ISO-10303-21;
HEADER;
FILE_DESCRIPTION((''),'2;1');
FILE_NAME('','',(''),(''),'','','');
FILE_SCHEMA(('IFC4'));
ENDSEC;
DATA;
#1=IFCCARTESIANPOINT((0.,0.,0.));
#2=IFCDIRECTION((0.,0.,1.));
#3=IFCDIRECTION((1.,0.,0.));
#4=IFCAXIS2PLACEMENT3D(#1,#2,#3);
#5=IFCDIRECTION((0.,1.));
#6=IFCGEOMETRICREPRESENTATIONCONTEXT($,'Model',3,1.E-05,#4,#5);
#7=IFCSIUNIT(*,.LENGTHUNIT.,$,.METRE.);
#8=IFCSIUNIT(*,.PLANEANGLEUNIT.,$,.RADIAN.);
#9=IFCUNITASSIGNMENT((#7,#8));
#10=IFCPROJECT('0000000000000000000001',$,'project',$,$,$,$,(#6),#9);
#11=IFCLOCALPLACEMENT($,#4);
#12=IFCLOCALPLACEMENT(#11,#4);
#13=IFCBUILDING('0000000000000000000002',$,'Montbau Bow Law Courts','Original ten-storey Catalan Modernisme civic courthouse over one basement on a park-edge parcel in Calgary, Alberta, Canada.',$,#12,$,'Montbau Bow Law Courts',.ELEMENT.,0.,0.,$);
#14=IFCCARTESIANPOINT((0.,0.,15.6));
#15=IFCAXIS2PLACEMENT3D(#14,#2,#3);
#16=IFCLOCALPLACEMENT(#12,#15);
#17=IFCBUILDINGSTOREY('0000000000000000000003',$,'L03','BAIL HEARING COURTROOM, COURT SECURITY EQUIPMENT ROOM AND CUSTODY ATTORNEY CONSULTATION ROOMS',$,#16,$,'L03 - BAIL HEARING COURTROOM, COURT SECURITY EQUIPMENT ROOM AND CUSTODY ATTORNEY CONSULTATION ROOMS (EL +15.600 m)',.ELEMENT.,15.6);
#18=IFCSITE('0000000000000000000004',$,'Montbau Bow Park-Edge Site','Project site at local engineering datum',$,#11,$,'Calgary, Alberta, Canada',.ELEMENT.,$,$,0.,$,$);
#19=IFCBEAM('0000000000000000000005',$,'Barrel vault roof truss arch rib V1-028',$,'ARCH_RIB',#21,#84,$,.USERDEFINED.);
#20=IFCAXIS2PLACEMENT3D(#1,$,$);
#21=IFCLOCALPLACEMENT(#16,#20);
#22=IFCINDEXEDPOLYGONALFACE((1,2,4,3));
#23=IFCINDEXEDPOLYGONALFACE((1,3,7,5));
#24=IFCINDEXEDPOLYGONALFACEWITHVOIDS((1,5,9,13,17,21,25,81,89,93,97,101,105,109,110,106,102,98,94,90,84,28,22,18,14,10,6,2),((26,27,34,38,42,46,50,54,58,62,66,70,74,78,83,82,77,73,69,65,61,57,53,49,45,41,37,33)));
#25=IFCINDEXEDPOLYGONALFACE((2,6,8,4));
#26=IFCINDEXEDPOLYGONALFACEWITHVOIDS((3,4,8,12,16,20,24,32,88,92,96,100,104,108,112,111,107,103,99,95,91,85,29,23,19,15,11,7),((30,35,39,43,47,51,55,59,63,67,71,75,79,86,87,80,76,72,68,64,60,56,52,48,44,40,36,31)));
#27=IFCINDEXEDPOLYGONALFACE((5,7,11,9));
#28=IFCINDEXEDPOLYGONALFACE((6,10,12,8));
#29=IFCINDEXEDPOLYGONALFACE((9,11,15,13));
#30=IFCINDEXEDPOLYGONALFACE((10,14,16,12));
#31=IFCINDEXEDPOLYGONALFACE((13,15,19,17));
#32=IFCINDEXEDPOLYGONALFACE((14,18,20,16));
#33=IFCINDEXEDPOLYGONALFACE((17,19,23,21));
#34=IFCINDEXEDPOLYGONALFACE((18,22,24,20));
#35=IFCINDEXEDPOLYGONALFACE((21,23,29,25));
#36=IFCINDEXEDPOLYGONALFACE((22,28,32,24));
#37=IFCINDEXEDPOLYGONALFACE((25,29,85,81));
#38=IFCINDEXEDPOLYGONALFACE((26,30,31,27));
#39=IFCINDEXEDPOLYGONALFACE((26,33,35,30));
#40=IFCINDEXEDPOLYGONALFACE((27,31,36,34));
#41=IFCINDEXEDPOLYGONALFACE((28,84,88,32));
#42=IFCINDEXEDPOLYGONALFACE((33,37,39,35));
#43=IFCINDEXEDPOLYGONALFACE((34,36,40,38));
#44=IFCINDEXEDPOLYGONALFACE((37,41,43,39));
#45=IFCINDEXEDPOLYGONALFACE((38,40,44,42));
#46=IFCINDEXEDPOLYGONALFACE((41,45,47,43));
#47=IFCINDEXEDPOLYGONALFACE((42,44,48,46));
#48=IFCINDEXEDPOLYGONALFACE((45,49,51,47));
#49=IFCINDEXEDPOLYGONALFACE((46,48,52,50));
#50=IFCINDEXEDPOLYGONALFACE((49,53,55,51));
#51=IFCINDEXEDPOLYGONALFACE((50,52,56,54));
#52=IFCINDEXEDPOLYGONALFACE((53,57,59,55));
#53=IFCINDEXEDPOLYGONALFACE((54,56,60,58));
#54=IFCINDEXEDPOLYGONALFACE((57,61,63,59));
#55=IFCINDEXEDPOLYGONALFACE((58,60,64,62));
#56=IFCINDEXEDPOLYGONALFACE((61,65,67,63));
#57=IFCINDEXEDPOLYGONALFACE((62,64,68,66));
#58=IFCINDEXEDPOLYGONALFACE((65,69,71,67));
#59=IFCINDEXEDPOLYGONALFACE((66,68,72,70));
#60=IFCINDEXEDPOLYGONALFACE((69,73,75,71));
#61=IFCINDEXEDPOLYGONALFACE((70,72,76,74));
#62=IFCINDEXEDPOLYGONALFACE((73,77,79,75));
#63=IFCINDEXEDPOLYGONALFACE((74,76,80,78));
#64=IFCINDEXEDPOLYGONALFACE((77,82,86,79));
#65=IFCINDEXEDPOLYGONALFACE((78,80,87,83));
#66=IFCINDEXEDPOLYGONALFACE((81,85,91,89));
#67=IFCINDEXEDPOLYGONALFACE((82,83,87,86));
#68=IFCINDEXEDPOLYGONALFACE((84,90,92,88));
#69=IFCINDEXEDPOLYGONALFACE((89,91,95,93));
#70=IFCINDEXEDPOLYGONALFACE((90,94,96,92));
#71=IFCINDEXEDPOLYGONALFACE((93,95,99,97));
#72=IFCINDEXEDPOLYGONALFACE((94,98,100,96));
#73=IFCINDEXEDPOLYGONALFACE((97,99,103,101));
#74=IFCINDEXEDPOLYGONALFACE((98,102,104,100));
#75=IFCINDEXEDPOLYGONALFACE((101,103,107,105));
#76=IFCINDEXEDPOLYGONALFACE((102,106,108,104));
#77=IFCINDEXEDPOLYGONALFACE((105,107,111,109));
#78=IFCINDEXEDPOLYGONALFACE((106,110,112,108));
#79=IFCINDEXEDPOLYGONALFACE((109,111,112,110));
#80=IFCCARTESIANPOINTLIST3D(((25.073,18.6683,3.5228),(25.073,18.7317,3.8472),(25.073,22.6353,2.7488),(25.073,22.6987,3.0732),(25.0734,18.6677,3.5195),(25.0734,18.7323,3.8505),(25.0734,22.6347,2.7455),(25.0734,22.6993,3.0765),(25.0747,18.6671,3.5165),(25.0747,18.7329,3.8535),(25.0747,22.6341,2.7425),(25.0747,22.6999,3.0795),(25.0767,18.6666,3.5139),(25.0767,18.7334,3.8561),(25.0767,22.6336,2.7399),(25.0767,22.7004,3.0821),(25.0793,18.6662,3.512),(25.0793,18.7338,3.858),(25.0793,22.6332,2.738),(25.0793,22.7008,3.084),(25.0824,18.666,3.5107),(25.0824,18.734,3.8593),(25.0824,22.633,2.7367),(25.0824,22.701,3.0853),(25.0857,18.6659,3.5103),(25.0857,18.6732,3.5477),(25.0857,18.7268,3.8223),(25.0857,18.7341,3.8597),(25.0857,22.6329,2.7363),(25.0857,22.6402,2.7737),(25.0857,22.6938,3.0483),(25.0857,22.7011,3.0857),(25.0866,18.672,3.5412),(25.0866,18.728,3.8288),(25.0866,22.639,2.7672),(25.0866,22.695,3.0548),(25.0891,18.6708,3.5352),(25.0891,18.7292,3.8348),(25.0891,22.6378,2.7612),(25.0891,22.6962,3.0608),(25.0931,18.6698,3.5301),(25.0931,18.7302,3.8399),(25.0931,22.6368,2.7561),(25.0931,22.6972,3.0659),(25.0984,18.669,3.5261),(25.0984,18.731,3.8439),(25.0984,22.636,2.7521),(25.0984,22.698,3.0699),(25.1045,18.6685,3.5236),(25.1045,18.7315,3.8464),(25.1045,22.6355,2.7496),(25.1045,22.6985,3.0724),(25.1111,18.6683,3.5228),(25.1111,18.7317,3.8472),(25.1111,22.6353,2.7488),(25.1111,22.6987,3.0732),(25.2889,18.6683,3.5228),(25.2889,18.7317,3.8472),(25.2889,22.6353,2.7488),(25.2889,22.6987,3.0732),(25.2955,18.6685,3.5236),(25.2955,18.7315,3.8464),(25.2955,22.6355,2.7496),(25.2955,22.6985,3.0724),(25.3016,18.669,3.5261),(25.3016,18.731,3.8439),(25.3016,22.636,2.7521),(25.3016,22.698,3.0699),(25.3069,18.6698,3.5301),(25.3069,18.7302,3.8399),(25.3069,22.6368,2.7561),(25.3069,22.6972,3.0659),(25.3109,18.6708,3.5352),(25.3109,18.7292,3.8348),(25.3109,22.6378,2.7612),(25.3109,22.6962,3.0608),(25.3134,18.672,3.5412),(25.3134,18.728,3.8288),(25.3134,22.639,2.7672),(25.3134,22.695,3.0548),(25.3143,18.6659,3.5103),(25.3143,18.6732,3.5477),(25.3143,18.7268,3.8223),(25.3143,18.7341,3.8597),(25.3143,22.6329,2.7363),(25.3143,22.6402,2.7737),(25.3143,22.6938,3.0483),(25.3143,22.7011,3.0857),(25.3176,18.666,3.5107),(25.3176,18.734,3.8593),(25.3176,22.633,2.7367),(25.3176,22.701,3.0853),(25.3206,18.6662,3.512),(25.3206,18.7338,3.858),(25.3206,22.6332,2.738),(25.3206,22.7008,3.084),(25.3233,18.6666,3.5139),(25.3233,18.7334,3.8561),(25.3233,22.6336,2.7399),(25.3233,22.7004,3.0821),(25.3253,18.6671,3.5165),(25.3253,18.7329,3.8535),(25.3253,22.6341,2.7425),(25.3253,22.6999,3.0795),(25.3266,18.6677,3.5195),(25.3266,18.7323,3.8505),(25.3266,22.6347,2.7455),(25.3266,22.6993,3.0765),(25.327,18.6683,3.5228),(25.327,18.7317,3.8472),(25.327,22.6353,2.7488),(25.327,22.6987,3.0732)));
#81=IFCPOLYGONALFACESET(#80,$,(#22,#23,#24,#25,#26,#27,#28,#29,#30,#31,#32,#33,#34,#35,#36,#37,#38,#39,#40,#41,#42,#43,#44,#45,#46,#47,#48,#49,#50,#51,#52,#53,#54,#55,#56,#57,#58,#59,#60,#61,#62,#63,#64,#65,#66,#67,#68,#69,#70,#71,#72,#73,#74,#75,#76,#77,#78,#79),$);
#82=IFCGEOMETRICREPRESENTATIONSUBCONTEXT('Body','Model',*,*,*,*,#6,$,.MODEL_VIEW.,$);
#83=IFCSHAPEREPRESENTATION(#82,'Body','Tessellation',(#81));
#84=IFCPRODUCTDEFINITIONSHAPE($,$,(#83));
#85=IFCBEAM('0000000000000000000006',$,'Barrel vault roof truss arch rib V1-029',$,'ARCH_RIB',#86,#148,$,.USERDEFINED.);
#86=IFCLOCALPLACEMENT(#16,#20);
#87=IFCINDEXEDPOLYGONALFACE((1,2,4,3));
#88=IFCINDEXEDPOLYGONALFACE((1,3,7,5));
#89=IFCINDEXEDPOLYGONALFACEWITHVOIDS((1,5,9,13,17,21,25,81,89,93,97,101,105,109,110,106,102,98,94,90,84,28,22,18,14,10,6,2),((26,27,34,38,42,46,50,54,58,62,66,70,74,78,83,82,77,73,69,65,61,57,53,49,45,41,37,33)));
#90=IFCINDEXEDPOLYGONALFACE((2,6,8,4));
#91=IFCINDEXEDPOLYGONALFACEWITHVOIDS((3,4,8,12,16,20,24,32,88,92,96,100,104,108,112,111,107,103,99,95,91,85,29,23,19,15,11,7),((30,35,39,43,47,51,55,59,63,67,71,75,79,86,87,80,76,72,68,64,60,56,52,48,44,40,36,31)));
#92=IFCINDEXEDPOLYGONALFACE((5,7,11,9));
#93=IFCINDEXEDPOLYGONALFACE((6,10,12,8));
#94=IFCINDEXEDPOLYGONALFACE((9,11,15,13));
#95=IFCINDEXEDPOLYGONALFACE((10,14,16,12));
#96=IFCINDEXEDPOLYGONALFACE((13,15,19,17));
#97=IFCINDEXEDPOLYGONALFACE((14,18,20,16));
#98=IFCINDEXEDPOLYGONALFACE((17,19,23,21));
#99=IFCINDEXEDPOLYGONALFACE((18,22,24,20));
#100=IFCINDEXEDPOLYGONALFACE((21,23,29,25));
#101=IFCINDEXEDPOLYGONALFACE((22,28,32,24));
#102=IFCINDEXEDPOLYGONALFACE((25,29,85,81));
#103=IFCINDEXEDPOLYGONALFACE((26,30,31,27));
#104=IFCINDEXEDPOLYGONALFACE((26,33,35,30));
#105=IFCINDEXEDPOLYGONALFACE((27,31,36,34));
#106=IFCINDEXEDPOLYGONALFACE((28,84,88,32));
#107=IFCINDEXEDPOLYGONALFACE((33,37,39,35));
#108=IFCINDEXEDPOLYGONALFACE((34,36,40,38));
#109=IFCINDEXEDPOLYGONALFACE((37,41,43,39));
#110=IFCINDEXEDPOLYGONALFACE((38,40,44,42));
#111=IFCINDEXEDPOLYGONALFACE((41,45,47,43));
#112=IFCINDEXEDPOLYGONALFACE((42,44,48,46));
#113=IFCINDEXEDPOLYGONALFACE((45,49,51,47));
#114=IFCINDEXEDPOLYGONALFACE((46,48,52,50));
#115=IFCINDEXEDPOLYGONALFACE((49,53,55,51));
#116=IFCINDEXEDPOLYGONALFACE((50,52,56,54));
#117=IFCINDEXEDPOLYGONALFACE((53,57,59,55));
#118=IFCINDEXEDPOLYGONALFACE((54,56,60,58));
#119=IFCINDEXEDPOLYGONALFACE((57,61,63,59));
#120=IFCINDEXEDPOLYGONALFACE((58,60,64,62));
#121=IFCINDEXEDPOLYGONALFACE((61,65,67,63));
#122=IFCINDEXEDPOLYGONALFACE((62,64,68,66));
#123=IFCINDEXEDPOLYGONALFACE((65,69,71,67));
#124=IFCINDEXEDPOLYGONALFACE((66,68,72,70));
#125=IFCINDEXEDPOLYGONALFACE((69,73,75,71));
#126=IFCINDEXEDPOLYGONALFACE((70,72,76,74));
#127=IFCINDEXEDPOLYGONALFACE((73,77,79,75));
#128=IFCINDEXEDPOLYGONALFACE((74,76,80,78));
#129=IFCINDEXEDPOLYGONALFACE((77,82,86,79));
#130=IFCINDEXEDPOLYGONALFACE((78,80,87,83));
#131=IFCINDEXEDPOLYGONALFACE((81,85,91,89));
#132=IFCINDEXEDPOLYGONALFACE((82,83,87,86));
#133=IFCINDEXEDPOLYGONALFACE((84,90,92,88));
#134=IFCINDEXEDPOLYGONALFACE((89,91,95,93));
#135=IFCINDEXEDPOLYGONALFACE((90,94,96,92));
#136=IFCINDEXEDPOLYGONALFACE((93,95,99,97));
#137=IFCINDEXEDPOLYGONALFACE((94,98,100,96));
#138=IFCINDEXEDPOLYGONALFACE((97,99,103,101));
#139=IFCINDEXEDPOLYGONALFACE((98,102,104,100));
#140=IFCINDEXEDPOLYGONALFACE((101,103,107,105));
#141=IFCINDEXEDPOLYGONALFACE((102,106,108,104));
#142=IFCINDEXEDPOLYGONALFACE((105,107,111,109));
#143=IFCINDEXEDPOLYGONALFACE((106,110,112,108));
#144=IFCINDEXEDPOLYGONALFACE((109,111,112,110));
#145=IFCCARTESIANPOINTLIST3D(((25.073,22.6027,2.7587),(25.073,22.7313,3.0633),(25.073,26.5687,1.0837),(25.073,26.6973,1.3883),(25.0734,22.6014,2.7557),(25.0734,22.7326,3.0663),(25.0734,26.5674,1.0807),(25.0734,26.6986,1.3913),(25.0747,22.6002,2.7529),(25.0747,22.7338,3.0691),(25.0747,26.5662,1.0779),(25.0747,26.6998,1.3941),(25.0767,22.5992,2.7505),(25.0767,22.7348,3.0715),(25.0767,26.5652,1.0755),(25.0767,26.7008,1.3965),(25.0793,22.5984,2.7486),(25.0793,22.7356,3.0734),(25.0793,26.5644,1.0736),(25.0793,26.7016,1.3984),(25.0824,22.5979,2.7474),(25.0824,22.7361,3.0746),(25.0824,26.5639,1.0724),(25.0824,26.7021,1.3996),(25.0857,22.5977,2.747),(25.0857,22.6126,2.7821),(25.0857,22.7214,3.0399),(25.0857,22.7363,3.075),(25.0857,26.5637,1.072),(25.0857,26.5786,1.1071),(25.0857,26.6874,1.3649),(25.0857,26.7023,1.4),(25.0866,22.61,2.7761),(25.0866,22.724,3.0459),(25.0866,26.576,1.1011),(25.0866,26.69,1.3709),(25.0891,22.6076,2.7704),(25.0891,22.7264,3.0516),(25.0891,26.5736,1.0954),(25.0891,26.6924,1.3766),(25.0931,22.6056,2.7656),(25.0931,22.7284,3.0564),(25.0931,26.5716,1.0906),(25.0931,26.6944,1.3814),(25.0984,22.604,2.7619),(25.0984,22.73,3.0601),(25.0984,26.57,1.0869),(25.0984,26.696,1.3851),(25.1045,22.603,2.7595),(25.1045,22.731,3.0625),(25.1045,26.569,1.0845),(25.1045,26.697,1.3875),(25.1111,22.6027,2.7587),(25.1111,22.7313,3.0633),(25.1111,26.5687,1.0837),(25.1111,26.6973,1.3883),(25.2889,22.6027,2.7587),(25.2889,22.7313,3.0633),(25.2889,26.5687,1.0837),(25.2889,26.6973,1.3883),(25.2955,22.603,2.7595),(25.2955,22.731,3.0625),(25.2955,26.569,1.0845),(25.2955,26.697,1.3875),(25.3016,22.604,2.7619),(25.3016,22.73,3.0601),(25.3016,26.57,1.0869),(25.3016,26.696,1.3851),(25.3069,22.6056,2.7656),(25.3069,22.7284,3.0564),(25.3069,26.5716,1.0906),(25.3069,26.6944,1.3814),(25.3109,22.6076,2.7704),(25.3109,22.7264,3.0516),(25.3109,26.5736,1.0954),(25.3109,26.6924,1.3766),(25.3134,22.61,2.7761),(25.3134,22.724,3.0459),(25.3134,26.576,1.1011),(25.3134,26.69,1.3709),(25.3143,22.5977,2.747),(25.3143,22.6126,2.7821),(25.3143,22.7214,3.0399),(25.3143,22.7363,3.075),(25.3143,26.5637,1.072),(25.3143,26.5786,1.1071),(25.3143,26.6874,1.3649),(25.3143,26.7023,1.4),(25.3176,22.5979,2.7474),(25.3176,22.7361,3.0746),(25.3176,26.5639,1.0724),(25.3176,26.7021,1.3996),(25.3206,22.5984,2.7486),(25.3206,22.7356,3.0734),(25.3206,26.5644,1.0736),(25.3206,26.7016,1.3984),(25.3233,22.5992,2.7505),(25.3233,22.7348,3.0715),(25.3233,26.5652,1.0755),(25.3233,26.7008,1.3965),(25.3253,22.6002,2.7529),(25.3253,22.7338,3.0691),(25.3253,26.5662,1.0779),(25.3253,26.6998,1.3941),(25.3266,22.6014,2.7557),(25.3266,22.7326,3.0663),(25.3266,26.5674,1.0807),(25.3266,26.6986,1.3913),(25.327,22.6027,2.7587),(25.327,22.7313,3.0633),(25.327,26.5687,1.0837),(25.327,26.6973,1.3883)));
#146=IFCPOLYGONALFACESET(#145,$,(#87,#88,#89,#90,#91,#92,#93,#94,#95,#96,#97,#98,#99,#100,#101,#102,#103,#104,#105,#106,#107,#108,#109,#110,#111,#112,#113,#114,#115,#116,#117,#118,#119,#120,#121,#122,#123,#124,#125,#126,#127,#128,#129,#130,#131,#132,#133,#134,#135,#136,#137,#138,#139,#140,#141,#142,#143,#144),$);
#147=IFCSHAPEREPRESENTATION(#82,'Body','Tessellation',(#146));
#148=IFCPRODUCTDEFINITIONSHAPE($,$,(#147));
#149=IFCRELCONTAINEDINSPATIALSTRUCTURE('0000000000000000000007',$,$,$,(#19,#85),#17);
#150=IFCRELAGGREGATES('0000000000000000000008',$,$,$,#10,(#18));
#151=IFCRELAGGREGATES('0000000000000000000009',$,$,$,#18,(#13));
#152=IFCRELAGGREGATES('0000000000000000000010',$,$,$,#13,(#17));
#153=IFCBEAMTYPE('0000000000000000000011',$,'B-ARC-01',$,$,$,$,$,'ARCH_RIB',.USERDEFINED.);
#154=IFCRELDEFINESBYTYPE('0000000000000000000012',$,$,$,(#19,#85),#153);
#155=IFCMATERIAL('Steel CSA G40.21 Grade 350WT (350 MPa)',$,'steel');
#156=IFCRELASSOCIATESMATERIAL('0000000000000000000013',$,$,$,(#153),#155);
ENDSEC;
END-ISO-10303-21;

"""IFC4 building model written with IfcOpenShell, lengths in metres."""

from ifc_helpers import new_model, si_unit, direction, frame, origin_with_axes, origin_2d_with_axis, place, context, subcontext, project, spatial, hollow_rectangle, extrude, material, material_profile, profile_set, type_object, element, save


model = new_model("IFC4")

# Units and contexts
model_context = context("Model", 3, precision=1e-05, world=origin_with_axes(), true_north=direction((0.0, 1.0)))
body_context = subcontext(model_context, "Body", "Model", "MODEL_VIEW")
ifc_project = project(units=[si_unit("LENGTHUNIT", "METRE"), si_unit("PLANEANGLEUNIT", "RADIAN")], contexts=[model_context])

# Site, building, storey
site_placement = place(None, origin_with_axes())
site = spatial("IfcSite", under=ifc_project, at=site_placement, Name="Montbau Bow Park-Edge Site", Description="Project site at local engineering datum", LongName="Calgary, Alberta, Canada", CompositionType="ELEMENT", RefElevation=0.0)
building_placement = place(site_placement, origin_with_axes())
building = spatial("IfcBuilding", under=site, at=building_placement, Name="Montbau Bow Law Courts", Description="Original ten-storey Catalan Modernisme civic courthouse over one basement on a park-edge parcel in Calgary, Alberta, Canada.", LongName="Montbau Bow Law Courts", CompositionType="ELEMENT", ElevationOfRefHeight=0.0, ElevationOfTerrain=0.0)
storey_placement = place(building_placement, frame((0.0, 0.0, 15.6), z_axis=(0.0, 0.0, 1.0), x_axis=(1.0, 0.0, 0.0)))
storey = spatial("IfcBuildingStorey", under=building, at=storey_placement, Name="L03", Description="BAIL HEARING COURTROOM, COURT SECURITY EQUIPMENT ROOM AND CUSTODY ATTORNEY CONSULTATION ROOMS", LongName="L03 - BAIL HEARING COURTROOM, COURT SECURITY EQUIPMENT ROOM AND CUSTODY ATTORNEY CONSULTATION ROOMS (EL +15.600 m)", CompositionType="ELEMENT", Elevation=15.6)

# Beams
ifc_material_1 = material(Name="Steel CSA G40.21 Grade 350WT (350 MPa)", Category="steel")
ifc_material_profile_1 = material_profile(ifc_material_1, hollow_rectangle(XDim=0.254, YDim=0.356, WallThickness=0.0127, InnerFilletRadius=0.0254, OuterFilletRadius=0.0127, at=origin_2d_with_axis()), Name="HSS356X254X13", Category="Main", Priority=0)
ifc_profile_set_1 = profile_set([ifc_material_profile_1], Name="Steel CSA G40.21 Grade 350WT (350 MPa)")
beam_type = type_object("IfcBeamType", Name="B-ARC-01", ElementType="ARCH_RIB", PredefinedType="USERDEFINED", material=ifc_profile_set_1)
for number, where, z_axis, x_axis, name in (
    (1, (25.2, 18.7, 19.285), (0.0, 0.981493, -0.191499), (-1.0, 0.0, 0.0), "Barrel vault roof truss arch rib V1-028"),
):
    element("IfcBeam", number, at=place(None, frame(where, z_axis=z_axis, x_axis=x_axis)), inside=storey, type_object=beam_type, Name=name, ObjectType="ARCH_RIB", PredefinedType="USERDEFINED", context=body_context, shape_type="SweptSolid", body=[
        extrude(hollow_rectangle(XDim=0.254, YDim=0.356, WallThickness=0.0127, InnerFilletRadius=0.0254, OuterFilletRadius=0.0127, at=origin_2d_with_axis()), origin_with_axes(), (0.0, 0.0, 1.0), 4.0418),
    ])
for number, where, z_axis, x_axis, name in (
    (2, (25.2, 22.667, 18.511), (0.0, 0.921211, -0.389064), (-1.0, 0.0, 0.0), "Barrel vault roof truss arch rib V1-029"),
):
    element("IfcBeam", number, at=place(None, frame(where, z_axis=z_axis, x_axis=x_axis)), inside=storey, type_object=beam_type, Name=name, ObjectType="ARCH_RIB", PredefinedType="USERDEFINED", context=body_context, shape_type="SweptSolid", body=[
        extrude(hollow_rectangle(XDim=0.254, YDim=0.356, WallThickness=0.0127, InnerFilletRadius=0.0254, OuterFilletRadius=0.0127, at=origin_2d_with_axis()), origin_with_axes(), (0.0, 0.0, 1.0), 4.3052),
    ])

save(model, "model.ifc")
